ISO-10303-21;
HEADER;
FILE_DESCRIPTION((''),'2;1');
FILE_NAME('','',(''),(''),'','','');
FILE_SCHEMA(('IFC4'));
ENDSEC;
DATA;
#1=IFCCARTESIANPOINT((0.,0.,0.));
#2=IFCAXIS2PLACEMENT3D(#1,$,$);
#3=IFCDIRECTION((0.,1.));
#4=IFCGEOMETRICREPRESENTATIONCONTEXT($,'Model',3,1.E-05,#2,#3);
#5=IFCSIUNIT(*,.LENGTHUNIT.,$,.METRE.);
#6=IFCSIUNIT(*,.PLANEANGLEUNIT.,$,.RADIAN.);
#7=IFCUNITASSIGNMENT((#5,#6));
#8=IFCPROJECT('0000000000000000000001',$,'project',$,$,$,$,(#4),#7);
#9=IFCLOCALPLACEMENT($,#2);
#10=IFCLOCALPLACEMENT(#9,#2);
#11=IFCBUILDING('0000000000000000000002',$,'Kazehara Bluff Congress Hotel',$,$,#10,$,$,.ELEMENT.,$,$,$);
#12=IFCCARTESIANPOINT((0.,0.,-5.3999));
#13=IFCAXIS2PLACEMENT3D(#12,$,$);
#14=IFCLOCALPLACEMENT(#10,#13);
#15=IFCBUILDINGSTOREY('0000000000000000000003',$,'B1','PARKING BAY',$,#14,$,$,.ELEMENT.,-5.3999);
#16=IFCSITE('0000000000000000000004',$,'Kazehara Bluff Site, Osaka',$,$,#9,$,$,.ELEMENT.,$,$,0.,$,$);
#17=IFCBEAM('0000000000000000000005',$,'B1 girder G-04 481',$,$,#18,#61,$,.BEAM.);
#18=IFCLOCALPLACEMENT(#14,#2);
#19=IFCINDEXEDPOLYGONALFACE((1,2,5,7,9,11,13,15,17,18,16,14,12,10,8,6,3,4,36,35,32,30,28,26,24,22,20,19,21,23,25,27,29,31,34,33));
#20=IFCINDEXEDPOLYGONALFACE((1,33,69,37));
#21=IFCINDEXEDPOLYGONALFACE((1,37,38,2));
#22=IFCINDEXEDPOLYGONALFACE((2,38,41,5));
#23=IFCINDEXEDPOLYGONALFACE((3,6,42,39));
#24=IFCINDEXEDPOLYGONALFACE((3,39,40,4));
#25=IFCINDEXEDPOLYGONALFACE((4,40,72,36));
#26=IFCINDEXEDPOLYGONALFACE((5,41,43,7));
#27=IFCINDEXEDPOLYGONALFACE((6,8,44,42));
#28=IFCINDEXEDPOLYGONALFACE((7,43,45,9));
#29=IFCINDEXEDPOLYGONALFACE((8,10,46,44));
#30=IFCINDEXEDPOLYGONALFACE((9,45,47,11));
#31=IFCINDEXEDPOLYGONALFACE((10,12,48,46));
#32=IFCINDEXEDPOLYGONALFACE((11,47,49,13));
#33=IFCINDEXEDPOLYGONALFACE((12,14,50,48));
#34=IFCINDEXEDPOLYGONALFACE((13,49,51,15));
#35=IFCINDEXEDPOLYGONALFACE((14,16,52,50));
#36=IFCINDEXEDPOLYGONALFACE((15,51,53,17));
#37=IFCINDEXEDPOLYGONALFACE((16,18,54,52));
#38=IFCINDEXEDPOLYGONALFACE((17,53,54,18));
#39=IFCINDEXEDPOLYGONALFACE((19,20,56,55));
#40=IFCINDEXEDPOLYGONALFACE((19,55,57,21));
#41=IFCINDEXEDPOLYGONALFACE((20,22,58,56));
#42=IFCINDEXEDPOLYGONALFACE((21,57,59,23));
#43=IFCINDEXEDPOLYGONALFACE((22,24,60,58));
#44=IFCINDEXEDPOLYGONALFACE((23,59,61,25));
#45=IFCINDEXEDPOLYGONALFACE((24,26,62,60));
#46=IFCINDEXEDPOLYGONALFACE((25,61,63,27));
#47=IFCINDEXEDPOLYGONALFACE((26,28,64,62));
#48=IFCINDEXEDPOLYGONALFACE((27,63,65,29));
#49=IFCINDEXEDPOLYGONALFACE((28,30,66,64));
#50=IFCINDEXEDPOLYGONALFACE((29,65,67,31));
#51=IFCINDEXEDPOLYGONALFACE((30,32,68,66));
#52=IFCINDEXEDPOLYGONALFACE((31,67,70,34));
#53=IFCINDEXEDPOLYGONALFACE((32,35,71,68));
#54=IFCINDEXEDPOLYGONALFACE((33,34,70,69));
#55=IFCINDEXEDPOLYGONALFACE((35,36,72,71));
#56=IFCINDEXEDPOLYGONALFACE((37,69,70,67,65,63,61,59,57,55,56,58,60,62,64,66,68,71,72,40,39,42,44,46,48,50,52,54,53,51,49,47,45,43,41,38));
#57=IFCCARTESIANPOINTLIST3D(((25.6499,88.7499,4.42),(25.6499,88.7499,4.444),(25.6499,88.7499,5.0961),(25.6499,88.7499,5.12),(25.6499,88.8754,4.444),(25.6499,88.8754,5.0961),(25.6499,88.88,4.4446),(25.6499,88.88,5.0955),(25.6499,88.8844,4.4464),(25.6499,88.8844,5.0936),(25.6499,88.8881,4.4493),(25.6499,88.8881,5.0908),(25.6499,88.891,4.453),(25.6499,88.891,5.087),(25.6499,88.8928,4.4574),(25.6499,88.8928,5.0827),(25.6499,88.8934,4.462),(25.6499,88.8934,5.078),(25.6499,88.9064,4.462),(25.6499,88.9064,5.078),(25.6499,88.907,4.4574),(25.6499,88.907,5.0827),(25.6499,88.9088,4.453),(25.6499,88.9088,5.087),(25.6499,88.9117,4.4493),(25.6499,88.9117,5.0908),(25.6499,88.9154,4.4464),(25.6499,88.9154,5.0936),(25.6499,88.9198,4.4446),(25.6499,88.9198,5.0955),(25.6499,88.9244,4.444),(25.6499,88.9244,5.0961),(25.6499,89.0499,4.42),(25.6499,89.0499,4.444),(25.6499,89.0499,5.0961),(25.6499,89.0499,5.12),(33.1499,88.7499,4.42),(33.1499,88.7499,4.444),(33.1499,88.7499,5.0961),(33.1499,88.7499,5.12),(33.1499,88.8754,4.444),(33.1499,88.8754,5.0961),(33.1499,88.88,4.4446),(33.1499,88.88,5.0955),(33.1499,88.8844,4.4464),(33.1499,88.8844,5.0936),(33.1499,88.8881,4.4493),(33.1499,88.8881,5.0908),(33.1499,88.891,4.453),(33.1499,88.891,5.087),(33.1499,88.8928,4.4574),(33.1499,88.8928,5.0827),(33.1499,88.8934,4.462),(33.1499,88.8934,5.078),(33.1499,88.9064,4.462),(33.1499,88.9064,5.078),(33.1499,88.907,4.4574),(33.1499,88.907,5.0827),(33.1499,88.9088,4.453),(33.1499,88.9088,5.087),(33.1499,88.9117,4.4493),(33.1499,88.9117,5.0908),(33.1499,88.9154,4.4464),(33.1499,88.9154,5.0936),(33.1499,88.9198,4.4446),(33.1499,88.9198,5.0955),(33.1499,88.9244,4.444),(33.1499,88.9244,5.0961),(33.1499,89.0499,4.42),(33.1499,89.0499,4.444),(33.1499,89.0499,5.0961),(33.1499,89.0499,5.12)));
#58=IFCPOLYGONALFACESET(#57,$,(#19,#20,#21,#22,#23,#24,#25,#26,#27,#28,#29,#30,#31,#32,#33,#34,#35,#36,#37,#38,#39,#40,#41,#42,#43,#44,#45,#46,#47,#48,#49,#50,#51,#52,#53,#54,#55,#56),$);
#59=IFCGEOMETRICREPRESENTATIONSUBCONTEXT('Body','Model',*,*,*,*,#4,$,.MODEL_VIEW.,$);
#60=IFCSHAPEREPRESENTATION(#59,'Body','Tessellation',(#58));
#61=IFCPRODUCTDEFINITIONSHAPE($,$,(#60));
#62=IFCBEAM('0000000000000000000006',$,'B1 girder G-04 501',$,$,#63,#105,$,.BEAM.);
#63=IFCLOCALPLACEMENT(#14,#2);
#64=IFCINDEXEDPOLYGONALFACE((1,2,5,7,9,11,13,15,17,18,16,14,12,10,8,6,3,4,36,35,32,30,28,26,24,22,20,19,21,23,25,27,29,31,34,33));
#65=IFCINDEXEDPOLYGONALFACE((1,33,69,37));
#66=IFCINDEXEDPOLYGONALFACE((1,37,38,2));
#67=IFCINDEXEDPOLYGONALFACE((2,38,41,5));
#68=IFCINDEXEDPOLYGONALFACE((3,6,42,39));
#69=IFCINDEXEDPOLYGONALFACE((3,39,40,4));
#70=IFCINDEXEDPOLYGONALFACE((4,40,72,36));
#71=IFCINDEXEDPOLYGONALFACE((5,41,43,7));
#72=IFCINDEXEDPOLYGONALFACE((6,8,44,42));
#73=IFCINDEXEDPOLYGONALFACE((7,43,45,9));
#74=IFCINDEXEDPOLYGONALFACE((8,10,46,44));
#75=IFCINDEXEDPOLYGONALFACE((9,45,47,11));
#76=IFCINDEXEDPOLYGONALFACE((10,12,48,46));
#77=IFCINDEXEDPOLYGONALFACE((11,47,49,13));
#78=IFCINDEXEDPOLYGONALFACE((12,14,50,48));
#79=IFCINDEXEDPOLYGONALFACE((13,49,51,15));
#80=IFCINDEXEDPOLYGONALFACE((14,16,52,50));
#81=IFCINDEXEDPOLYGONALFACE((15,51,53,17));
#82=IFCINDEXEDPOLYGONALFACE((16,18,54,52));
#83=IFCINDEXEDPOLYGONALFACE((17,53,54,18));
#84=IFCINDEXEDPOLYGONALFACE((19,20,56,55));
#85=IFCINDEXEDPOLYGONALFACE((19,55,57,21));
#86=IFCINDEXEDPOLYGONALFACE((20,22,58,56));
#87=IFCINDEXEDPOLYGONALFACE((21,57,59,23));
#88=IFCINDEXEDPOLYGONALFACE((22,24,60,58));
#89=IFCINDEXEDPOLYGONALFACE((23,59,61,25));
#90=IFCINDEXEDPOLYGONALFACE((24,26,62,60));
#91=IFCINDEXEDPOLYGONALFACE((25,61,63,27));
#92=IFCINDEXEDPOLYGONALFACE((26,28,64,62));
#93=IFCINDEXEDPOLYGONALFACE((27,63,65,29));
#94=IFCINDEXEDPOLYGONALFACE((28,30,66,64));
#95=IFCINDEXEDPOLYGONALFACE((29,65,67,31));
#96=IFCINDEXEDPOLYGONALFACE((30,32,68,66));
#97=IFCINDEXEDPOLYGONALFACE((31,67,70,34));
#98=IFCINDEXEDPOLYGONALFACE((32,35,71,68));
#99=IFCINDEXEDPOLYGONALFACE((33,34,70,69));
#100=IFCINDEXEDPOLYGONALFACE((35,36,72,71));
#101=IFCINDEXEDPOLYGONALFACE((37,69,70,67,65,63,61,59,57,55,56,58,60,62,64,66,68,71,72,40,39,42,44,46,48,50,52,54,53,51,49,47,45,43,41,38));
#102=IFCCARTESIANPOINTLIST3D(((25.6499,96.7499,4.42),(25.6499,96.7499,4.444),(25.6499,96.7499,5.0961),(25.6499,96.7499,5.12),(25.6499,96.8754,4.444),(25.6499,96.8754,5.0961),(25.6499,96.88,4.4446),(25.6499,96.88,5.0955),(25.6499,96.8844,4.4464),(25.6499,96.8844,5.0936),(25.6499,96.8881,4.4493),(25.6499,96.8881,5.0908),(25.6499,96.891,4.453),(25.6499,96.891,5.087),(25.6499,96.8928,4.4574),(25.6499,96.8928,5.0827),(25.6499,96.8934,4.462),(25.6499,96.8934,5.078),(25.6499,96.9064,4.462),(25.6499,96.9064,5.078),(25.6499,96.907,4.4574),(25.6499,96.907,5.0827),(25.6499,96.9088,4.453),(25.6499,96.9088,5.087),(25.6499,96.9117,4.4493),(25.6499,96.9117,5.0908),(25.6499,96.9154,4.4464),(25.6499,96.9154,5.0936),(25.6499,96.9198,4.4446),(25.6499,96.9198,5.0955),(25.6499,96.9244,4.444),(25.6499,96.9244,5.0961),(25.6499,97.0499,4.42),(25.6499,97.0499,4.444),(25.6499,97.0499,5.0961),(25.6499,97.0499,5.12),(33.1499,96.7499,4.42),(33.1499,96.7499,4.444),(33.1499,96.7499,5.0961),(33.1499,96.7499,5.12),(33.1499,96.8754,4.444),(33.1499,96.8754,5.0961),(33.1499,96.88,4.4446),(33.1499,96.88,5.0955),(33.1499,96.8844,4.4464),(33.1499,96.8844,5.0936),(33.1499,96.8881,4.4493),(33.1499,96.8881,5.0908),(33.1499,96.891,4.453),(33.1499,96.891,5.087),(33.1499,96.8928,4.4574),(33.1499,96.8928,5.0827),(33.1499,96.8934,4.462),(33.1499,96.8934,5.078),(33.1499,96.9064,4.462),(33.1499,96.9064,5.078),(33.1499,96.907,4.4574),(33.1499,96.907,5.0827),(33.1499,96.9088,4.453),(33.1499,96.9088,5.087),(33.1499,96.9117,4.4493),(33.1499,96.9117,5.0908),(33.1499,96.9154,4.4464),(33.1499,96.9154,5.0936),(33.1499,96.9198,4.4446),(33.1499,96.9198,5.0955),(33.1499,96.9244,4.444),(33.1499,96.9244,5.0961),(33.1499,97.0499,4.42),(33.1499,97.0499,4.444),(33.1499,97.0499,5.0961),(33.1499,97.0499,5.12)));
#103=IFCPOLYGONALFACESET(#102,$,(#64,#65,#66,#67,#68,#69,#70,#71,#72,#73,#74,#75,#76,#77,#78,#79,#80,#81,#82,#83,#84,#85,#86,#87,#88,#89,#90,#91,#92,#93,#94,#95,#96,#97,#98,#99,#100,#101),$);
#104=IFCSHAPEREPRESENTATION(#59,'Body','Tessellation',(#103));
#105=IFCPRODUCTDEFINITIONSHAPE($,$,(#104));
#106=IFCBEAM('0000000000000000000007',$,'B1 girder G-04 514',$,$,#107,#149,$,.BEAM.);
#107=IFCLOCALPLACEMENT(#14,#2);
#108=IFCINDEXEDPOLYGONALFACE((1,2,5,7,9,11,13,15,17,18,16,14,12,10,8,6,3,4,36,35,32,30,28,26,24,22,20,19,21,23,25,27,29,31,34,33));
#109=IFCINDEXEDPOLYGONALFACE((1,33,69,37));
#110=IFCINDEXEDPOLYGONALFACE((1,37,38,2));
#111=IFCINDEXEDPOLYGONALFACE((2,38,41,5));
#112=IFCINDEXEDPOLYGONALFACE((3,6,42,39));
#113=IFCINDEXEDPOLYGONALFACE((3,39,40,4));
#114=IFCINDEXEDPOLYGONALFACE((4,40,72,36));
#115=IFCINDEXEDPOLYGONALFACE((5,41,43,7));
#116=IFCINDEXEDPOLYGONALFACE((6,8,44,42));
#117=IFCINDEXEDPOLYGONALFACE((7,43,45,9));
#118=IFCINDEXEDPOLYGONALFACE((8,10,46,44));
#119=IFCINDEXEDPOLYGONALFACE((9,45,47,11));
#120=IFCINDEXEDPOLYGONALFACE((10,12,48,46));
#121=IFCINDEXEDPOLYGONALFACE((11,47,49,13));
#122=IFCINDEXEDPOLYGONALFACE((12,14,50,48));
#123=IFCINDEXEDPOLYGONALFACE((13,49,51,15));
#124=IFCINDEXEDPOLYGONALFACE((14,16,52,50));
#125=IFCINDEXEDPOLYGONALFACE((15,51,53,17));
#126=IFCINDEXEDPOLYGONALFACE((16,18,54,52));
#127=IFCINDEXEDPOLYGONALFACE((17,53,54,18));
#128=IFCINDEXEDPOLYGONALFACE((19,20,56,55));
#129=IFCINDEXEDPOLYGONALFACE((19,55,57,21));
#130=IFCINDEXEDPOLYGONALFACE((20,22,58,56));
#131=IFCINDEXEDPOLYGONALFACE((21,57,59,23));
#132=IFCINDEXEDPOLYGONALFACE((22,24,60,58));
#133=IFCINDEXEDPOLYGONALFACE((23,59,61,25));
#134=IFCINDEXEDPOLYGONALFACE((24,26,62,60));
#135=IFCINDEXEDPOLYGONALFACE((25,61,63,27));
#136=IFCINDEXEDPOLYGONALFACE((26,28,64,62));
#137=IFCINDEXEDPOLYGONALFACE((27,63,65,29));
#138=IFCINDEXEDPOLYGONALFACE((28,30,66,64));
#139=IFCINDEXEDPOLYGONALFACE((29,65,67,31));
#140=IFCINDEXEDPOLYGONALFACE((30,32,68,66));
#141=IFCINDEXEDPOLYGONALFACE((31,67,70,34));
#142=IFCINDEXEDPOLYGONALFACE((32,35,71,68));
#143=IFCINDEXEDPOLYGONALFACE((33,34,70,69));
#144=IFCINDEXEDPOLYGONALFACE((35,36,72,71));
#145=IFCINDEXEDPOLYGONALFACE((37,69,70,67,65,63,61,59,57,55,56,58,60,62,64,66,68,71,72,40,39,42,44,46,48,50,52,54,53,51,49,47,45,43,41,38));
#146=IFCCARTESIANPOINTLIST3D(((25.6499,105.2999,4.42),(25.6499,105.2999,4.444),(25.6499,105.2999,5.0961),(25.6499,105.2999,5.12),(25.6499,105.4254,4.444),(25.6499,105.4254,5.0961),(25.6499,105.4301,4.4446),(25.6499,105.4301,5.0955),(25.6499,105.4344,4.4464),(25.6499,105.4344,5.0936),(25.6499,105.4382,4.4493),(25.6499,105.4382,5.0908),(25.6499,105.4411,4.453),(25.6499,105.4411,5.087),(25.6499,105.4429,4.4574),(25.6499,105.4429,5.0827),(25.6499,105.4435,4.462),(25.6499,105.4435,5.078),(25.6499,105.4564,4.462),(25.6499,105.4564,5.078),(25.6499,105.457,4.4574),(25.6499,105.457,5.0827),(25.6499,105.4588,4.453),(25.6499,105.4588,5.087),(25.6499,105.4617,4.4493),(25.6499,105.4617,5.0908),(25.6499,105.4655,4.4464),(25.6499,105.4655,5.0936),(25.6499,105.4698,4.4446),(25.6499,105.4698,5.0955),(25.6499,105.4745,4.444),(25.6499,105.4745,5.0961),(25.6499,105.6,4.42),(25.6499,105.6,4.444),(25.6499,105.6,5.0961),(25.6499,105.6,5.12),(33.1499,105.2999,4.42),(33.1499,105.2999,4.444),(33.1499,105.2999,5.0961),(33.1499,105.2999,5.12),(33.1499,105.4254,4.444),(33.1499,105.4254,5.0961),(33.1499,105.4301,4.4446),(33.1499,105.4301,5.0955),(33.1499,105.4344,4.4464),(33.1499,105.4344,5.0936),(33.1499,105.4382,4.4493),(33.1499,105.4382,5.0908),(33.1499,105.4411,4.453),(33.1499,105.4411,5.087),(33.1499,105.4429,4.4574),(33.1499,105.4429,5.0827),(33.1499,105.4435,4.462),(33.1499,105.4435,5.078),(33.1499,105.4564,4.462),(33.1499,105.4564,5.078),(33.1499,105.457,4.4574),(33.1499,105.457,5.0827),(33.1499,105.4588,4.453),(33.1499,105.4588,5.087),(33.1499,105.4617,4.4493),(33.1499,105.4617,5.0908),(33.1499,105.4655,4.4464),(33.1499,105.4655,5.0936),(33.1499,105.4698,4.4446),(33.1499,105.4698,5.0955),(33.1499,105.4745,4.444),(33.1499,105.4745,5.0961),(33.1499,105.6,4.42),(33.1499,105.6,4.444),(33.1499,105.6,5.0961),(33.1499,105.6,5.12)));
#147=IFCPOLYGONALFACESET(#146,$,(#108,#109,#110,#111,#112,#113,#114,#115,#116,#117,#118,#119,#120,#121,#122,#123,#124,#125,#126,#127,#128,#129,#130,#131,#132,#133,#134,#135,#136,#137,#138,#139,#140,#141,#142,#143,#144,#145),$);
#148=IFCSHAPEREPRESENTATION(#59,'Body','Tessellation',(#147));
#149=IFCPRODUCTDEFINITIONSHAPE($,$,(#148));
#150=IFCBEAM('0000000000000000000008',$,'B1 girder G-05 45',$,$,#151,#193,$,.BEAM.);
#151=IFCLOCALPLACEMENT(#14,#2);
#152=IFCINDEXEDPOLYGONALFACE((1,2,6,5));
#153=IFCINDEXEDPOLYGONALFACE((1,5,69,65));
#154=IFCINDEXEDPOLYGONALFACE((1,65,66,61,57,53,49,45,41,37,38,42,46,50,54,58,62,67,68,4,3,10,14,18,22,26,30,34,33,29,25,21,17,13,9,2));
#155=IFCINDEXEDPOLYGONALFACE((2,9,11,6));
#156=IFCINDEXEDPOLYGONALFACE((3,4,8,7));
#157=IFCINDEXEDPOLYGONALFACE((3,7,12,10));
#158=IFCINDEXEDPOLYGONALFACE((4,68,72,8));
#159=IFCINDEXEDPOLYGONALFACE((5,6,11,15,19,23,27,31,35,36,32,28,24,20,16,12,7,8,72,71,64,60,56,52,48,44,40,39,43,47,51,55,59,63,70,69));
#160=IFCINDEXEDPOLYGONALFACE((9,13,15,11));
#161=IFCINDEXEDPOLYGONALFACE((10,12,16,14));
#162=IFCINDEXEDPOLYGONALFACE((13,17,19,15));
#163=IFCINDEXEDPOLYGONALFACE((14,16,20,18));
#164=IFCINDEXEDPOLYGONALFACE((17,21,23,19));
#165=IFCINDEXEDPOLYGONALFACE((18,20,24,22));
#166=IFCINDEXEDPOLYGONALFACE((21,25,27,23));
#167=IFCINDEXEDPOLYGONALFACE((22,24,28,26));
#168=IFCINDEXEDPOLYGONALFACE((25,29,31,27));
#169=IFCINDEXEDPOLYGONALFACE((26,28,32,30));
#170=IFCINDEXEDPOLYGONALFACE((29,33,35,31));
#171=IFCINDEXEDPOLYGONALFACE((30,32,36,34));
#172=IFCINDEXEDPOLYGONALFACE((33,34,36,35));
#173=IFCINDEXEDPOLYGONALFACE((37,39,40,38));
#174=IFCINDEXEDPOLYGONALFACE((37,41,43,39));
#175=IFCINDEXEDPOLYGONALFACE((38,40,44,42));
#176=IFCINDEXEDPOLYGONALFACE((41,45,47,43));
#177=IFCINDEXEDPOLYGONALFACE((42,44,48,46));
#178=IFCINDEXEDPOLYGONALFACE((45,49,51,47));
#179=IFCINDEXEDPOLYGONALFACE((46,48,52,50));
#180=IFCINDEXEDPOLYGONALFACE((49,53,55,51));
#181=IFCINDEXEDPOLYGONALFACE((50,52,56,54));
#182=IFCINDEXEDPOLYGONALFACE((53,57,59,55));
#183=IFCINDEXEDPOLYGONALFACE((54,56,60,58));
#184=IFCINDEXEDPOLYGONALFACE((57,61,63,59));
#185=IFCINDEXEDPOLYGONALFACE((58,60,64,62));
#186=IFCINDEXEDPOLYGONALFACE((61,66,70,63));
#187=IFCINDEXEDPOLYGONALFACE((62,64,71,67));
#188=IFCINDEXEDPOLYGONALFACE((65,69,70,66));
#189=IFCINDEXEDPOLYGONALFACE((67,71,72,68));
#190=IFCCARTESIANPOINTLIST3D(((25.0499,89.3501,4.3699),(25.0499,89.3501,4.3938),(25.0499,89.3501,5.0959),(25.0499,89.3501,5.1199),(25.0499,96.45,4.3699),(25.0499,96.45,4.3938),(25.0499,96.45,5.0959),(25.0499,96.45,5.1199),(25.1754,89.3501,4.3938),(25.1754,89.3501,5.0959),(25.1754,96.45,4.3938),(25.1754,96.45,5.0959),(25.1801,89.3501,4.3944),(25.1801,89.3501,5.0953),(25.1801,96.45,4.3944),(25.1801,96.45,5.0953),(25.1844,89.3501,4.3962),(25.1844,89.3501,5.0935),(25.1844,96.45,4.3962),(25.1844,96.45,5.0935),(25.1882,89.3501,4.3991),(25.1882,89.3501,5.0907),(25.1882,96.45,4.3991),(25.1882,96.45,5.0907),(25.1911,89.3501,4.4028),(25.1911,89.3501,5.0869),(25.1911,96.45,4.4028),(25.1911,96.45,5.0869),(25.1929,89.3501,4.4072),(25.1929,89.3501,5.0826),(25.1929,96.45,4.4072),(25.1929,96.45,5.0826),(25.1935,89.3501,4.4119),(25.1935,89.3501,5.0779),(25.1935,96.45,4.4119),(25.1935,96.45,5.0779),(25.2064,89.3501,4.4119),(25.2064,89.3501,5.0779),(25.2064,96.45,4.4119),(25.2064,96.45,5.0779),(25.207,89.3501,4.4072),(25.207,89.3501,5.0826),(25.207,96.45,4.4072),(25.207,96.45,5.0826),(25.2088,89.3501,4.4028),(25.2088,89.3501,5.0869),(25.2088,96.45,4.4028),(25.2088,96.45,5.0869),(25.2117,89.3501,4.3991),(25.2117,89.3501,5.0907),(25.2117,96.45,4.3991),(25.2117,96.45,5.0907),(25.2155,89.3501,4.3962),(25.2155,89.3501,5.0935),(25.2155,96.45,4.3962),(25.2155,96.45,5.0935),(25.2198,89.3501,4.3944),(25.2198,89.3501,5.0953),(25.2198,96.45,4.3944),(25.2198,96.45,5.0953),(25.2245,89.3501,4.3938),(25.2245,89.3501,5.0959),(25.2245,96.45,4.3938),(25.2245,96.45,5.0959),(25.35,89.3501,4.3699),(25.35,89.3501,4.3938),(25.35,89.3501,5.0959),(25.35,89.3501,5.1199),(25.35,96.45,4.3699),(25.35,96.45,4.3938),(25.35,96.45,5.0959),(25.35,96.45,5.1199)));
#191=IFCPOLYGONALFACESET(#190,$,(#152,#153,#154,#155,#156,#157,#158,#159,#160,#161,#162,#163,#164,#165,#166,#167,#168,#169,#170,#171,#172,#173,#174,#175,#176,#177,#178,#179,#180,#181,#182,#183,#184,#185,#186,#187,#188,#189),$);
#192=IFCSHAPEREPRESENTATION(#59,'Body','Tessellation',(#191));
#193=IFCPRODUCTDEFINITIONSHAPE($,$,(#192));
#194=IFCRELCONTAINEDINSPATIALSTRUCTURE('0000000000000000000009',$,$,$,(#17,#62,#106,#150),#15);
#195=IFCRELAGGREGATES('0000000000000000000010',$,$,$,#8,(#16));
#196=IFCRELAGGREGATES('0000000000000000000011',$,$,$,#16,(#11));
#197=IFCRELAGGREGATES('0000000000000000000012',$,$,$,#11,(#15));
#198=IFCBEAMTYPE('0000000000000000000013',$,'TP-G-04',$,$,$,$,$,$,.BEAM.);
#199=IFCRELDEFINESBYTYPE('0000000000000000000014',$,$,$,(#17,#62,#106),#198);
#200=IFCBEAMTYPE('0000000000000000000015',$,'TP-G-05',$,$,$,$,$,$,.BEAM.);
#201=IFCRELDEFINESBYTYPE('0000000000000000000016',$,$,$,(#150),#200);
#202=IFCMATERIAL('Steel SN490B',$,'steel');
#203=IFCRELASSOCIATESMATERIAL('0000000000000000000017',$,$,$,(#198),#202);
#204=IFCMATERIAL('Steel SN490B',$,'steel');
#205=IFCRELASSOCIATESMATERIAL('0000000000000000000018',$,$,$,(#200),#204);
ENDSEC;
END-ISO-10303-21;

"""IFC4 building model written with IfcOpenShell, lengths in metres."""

from ifc_helpers import new_model, si_unit, direction, frame, origin, origin_2d, place, context, subcontext, project, spatial, i_section, extrude, material, material_profile, profile_set, type_object, element, save


model = new_model("IFC4")

# Units and contexts
model_context = context("Model", 3, precision=1e-05, world=origin(), true_north=direction((0.0, 1.0)))
body_context = subcontext(model_context, "Body", "Model", "MODEL_VIEW")
ifc_project = project(units=[si_unit("LENGTHUNIT", "METRE"), si_unit("PLANEANGLEUNIT", "RADIAN")], contexts=[model_context])

# Site, building, storey
site_placement = place(None, origin())
site = spatial("IfcSite", under=ifc_project, at=site_placement, Name="Kazehara Bluff Site, Osaka", CompositionType="ELEMENT", RefElevation=0.0)
building_placement = place(site_placement, origin())
building = spatial("IfcBuilding", under=site, at=building_placement, Name="Kazehara Bluff Congress Hotel", CompositionType="ELEMENT")
storey_placement = place(building_placement, frame((0.0, 0.0, -5.3999)))
storey = spatial("IfcBuildingStorey", under=building, at=storey_placement, Name="B1", Description="PARKING BAY", CompositionType="ELEMENT", Elevation=-5.3999)

# Beams
ifc_material_1 = material(Name="Steel SN490B", Category="steel")
ifc_material_profile_1 = material_profile(ifc_material_1, i_section(OverallWidth=0.3, OverallDepth=0.7, WebThickness=0.0129, FlangeThickness=0.0239, FilletRadius=0.0181, at=origin_2d()))
ifc_profile_set_1 = profile_set([ifc_material_profile_1], Name="Steel SN490B")
beam_type_1 = type_object("IfcBeamType", Name="TP-G-04", PredefinedType="BEAM", material=ifc_profile_set_1)
for number, where, z_axis, x_axis, name in (
    (1, (25.6499, 88.8999, 4.77), (1.0, 0.0, 0.0), (0.0, 1.0, 0.0), "B1 girder G-04 481"),
    (2, (25.6499, 96.8999, 4.77), (1.0, 0.0, 0.0), (0.0, 1.0, 0.0), "B1 girder G-04 501"),
    (3, (25.6499, 105.45, 4.77), (1.0, 0.0, 0.0), (0.0, 1.0, 0.0), "B1 girder G-04 514"),
):
    element("IfcBeam", number, at=place(storey_placement, frame(where, z_axis=z_axis, x_axis=x_axis)), inside=storey, type_object=beam_type_1, Name=name, PredefinedType="BEAM", context=body_context, shape_type="SweptSolid", body=[
        extrude(i_section(OverallWidth=0.3, OverallDepth=0.7, WebThickness=0.0129, FlangeThickness=0.0239, FilletRadius=0.0181, at=origin_2d()), origin(), (0.0, 0.0, 1.0), 7.5),
    ])
ifc_material_2 = material(Name="Steel SN490B", Category="steel")
ifc_material_profile_2 = material_profile(ifc_material_2, i_section(OverallWidth=0.3, OverallDepth=0.75, WebThickness=0.0129, FlangeThickness=0.0239, FilletRadius=0.0181, at=origin_2d()))
ifc_profile_set_2 = profile_set([ifc_material_profile_2], Name="Steel SN490B")
beam_type_2 = type_object("IfcBeamType", Name="TP-G-05", PredefinedType="BEAM", material=ifc_profile_set_2)
beam_1_placement = place(storey_placement, frame((25.2, 89.3501, 4.7449), z_axis=(0.0, 1.0, 0.0), x_axis=(-1.0, 0.0, 0.0)))
element("IfcBeam", 4, at=beam_1_placement, inside=storey, type_object=beam_type_2, Name="B1 girder G-05 45", PredefinedType="BEAM", context=body_context, shape_type="SweptSolid", body=[
    extrude(i_section(OverallWidth=0.3, OverallDepth=0.75, WebThickness=0.0129, FlangeThickness=0.0239, FilletRadius=0.0181, at=origin_2d()), origin(), (0.0, 0.0, 1.0), 7.0999),
])

save(model, "model.ifc")
